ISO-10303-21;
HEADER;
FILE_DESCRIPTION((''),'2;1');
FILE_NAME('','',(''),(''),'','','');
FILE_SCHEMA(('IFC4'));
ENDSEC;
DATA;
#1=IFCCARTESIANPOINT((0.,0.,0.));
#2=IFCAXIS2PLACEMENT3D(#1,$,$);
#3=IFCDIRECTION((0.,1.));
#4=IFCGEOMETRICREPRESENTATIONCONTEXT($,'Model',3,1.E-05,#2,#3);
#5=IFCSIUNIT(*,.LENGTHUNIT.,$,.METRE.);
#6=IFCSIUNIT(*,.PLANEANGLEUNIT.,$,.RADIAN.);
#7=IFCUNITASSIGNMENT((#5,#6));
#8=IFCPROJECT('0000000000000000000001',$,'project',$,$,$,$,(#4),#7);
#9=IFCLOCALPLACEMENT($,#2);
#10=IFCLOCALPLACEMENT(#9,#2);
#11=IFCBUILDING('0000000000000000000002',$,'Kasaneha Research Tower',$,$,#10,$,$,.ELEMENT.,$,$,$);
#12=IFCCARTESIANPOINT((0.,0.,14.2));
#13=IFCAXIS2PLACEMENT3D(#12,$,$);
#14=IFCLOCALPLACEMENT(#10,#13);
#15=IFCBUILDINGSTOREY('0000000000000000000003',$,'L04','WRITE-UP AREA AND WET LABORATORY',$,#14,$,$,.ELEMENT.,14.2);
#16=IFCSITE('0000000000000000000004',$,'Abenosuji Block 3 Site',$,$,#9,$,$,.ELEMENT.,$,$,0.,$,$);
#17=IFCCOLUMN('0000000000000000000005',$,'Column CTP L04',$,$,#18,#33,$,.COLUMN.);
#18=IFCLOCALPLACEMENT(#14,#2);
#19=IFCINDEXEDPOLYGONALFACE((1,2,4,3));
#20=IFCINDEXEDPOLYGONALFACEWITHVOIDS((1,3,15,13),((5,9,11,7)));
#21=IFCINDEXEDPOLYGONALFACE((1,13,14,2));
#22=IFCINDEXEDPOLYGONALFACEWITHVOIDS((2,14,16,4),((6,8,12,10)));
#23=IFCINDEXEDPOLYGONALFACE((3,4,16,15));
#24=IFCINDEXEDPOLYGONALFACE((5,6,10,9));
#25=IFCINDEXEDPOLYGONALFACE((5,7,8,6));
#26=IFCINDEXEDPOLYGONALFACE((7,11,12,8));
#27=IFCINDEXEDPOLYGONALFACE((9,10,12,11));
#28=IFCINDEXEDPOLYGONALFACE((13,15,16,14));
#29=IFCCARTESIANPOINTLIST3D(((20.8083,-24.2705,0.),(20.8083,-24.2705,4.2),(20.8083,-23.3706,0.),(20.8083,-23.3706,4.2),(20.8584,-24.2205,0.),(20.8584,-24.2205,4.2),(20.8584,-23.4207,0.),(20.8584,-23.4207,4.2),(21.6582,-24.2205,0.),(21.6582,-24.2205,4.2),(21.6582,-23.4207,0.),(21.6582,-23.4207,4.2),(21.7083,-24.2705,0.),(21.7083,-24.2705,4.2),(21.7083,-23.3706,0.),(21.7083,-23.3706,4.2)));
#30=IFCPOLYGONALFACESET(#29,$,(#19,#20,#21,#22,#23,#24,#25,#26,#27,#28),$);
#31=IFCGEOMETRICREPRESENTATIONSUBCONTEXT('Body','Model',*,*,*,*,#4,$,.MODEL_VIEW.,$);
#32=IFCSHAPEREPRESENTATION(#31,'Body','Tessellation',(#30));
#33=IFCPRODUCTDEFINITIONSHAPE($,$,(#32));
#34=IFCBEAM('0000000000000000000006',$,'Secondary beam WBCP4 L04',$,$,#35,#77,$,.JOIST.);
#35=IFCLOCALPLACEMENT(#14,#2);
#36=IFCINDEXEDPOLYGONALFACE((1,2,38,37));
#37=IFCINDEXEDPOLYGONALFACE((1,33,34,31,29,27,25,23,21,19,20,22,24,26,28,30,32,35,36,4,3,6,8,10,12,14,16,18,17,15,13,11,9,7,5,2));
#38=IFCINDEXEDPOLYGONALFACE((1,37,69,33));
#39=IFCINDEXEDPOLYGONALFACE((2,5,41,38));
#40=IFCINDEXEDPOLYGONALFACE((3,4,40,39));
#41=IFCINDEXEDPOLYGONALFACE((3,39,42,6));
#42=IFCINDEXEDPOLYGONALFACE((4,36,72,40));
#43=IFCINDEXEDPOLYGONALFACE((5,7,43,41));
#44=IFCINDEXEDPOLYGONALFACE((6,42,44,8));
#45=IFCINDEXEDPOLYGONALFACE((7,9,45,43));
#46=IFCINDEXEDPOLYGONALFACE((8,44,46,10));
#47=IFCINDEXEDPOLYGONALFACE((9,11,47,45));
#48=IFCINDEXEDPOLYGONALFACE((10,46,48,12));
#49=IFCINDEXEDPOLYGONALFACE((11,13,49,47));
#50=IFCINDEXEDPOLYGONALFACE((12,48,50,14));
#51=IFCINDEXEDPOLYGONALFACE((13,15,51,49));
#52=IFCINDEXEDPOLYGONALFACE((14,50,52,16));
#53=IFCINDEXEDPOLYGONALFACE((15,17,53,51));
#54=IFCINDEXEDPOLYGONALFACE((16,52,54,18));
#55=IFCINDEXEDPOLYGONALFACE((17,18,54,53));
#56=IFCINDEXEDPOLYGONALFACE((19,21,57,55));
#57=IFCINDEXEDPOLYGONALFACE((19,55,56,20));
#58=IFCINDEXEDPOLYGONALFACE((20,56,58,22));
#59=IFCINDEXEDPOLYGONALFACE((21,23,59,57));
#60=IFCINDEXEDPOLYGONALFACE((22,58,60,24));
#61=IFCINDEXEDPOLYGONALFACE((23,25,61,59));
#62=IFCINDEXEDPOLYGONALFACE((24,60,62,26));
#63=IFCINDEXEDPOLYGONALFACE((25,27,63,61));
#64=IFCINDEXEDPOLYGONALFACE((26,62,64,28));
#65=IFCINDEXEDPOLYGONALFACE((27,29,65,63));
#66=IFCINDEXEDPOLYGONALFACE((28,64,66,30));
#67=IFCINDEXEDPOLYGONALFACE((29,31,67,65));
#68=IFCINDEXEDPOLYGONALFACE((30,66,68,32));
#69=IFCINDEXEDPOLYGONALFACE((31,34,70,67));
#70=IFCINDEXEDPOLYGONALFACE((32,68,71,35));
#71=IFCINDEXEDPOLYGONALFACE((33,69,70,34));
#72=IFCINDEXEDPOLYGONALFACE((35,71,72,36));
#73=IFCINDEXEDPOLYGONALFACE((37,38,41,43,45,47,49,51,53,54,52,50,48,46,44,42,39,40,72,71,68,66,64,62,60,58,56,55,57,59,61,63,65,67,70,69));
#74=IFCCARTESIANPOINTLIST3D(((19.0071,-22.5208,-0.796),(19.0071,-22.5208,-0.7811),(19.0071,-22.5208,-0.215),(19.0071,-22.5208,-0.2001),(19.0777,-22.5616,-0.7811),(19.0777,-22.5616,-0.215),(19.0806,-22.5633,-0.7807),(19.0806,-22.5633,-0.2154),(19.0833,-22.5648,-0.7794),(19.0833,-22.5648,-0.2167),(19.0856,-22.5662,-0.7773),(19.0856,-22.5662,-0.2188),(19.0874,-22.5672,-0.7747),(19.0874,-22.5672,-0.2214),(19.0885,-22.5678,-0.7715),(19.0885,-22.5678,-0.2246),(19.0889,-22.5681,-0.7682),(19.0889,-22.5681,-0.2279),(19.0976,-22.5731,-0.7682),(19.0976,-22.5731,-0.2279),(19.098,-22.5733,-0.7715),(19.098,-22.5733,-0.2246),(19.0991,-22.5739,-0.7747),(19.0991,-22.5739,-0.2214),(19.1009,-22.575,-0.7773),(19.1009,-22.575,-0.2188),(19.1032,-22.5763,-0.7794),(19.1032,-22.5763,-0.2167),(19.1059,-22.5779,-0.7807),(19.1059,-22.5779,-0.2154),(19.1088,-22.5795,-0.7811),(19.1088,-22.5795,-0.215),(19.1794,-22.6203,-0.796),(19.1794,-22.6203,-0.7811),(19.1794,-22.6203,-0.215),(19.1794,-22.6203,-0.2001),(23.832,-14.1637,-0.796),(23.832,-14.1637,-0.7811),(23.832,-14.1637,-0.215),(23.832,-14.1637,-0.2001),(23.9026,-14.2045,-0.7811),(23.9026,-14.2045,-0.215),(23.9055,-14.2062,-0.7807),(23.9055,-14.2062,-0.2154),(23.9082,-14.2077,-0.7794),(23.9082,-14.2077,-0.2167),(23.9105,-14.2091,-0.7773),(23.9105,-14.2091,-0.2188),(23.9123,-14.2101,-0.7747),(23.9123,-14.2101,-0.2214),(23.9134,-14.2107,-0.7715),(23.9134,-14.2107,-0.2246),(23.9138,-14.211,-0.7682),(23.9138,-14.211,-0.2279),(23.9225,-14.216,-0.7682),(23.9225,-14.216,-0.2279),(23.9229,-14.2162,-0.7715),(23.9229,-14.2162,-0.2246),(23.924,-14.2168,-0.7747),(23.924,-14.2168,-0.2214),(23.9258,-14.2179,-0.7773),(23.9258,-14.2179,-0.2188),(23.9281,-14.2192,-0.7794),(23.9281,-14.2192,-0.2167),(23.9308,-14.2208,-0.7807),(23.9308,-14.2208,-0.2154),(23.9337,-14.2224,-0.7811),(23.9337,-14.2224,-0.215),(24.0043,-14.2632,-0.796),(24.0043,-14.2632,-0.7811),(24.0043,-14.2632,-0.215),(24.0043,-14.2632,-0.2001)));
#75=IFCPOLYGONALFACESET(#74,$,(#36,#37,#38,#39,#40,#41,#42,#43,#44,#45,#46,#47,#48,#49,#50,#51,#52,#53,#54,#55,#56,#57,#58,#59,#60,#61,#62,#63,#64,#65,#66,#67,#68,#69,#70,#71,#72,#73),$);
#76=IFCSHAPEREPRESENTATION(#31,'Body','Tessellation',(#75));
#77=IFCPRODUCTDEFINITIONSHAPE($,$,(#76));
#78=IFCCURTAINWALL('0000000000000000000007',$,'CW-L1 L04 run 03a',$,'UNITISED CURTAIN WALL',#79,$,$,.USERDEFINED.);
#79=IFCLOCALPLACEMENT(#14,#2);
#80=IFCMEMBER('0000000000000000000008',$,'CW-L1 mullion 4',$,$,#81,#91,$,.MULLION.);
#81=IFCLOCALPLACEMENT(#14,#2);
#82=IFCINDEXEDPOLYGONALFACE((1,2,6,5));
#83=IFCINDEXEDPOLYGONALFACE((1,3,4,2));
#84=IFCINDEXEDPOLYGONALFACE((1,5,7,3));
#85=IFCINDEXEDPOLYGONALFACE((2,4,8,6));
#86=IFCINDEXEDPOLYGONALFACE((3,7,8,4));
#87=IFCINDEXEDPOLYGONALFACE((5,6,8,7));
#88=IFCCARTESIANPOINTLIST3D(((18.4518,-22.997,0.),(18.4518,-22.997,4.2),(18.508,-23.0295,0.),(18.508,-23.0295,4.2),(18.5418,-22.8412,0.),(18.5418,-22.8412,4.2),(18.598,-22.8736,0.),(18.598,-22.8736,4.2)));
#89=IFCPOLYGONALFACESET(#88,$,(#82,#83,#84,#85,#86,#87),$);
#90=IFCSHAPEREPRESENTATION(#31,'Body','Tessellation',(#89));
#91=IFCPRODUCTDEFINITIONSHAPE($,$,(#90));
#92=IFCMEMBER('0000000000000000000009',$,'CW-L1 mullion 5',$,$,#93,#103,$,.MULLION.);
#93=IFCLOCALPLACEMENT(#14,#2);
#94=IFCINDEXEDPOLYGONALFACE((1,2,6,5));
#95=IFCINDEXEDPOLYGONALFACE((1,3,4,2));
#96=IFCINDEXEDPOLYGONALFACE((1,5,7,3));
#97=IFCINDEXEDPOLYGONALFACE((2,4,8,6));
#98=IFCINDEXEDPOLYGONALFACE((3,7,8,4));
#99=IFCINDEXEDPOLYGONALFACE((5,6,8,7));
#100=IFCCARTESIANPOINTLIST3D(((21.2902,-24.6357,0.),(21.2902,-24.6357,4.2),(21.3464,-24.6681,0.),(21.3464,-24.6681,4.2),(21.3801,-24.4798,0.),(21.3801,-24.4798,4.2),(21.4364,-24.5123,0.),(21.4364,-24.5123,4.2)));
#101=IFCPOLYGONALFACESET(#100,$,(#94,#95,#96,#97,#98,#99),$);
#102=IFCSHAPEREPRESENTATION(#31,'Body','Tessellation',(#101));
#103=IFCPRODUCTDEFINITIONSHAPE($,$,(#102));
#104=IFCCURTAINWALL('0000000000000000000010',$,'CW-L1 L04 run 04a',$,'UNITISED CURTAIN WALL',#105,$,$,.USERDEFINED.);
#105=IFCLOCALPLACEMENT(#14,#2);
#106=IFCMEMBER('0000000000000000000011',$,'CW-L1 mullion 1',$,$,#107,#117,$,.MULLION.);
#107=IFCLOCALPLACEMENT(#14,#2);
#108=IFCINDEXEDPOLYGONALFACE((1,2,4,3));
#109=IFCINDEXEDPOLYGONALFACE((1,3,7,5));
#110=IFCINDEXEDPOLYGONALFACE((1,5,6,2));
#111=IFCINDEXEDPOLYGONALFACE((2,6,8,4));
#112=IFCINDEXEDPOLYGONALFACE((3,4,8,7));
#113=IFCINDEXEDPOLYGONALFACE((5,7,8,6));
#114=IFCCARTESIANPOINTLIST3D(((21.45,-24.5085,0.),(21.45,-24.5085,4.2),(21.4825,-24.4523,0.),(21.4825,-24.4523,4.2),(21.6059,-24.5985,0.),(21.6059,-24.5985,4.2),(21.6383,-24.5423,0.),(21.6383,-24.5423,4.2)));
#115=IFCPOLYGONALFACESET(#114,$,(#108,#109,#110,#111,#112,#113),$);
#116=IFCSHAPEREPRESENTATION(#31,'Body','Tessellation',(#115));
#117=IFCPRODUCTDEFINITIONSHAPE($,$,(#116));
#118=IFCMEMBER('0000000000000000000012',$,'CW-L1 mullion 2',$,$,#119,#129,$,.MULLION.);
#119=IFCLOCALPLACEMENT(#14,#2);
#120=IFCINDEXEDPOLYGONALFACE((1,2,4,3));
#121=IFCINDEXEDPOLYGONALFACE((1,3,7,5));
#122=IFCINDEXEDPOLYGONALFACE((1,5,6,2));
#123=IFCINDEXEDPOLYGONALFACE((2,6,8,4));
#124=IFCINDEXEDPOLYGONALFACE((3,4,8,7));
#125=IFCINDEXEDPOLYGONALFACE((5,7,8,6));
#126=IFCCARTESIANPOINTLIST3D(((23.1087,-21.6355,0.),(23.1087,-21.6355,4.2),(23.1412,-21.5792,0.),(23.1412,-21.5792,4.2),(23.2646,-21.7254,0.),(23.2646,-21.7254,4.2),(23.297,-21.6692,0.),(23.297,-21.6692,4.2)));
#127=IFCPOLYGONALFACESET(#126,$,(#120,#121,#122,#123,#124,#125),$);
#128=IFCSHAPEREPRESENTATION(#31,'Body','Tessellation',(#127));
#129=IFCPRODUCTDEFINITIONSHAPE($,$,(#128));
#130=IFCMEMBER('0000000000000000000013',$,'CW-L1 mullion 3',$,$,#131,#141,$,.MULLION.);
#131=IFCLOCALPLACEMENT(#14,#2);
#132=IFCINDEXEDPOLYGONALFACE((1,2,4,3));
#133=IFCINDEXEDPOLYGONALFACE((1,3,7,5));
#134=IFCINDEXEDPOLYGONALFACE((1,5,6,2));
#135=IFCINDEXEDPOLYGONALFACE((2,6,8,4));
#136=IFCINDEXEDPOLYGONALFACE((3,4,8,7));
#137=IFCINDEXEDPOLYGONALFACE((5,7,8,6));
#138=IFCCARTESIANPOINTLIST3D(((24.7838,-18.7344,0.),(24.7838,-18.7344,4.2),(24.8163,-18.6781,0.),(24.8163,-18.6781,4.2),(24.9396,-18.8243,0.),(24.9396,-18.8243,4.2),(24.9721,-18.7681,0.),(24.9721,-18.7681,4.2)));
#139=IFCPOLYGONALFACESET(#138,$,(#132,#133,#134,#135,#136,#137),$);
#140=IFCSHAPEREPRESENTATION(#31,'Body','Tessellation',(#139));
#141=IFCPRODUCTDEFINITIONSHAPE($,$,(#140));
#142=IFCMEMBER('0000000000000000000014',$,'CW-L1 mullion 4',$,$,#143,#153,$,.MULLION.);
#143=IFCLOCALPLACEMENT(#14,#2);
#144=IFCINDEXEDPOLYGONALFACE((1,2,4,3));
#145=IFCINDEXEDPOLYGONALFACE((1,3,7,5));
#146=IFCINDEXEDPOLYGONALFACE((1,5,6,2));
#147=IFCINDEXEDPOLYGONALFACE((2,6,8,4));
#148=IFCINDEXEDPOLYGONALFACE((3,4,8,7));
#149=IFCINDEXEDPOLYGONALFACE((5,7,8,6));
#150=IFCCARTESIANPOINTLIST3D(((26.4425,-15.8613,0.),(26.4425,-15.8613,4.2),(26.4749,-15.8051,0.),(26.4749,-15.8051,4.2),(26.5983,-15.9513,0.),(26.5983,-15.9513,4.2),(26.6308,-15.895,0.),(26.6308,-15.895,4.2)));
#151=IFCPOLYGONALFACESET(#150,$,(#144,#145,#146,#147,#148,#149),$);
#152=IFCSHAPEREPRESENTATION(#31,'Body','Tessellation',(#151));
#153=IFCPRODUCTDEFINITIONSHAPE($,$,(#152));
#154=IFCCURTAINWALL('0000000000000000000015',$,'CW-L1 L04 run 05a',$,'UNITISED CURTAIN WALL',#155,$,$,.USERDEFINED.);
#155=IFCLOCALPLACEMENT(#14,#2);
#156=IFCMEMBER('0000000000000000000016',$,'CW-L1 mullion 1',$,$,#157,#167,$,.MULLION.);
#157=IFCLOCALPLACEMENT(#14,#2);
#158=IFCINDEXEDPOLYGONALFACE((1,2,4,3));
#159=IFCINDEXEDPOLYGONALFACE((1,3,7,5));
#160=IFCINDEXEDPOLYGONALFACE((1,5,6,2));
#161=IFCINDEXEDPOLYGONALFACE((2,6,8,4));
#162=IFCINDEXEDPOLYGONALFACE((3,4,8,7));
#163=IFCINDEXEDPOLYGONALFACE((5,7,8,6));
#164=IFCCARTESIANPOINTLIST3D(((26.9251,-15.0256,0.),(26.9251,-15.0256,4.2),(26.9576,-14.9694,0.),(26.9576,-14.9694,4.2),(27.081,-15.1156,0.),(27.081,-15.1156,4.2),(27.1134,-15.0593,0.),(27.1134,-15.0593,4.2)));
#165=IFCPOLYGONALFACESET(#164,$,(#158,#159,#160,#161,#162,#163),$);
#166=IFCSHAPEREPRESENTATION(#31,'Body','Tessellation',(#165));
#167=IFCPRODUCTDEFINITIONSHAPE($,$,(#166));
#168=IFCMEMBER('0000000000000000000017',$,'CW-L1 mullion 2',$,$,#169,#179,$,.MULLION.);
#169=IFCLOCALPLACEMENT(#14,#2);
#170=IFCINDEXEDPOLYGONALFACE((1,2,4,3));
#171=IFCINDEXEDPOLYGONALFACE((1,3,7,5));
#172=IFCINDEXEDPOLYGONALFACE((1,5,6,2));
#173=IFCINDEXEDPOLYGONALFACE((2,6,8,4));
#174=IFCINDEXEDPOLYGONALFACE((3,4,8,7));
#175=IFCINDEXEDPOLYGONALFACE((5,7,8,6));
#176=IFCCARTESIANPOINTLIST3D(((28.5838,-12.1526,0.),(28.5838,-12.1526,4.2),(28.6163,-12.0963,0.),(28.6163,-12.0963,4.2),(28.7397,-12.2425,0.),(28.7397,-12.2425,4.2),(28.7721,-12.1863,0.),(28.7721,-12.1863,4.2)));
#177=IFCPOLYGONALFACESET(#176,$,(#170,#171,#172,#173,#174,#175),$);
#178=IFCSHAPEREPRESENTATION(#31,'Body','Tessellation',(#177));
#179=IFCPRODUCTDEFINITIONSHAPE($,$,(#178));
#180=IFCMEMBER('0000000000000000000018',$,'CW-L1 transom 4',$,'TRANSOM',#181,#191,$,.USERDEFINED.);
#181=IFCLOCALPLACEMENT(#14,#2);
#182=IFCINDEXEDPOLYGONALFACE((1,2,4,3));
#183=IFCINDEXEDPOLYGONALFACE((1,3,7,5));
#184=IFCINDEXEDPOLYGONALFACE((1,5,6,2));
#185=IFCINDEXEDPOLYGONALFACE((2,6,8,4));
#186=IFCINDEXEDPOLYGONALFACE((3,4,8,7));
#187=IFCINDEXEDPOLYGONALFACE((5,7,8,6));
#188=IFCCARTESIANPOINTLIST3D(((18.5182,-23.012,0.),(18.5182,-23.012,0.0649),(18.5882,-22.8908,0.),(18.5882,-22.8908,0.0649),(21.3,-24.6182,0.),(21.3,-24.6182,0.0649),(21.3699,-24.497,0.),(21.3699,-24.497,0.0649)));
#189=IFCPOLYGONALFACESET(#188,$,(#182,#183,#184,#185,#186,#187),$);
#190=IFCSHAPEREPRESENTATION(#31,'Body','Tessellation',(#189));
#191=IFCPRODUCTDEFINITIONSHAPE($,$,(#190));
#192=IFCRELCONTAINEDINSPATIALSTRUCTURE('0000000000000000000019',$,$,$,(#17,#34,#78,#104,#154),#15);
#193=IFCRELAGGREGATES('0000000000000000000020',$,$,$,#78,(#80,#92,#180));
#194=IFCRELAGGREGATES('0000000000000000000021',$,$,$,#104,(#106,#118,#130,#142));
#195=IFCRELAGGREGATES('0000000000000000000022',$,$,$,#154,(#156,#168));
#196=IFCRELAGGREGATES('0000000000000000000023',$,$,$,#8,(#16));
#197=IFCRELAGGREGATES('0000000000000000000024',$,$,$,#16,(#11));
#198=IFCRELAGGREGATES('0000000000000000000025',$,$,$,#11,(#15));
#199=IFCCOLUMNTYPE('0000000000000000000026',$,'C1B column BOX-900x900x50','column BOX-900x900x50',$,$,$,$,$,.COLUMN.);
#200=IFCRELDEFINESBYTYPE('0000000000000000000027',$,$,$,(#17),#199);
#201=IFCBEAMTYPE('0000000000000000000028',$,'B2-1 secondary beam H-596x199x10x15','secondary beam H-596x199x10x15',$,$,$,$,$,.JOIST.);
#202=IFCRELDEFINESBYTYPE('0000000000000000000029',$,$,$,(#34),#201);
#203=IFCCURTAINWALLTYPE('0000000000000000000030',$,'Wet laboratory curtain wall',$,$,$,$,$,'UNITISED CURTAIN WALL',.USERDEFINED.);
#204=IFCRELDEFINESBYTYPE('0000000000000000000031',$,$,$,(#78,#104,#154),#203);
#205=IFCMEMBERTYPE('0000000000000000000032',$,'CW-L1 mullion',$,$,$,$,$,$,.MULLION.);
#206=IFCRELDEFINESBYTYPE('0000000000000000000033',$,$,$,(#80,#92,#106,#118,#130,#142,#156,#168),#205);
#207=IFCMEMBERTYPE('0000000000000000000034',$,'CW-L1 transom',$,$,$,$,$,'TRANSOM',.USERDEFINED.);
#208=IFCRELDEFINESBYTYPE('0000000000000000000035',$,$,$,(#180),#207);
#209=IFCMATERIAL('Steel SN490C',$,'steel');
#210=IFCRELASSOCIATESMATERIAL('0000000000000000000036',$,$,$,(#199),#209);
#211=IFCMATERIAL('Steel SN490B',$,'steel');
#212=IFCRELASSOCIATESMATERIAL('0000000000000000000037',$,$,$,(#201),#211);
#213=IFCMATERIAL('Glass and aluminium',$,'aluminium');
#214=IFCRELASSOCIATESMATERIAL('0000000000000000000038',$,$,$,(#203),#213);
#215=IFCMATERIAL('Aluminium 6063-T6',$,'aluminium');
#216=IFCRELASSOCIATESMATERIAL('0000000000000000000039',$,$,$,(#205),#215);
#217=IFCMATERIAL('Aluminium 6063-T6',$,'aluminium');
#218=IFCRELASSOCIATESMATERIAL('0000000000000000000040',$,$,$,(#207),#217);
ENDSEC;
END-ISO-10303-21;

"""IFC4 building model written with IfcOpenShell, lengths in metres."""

from ifc_helpers import new_model, si_unit, direction, frame, origin, origin_2d, place, context, subcontext, project, spatial, rectangle, hollow_rectangle, i_section, extrude, material, material_profile, profile_set, type_object, element, aggregate, save


model = new_model("IFC4")

# Units and contexts
model_context = context("Model", 3, precision=1e-05, world=origin(), true_north=direction((0.0, 1.0)))
body_context = subcontext(model_context, "Body", "Model", "MODEL_VIEW")
ifc_project = project(units=[si_unit("LENGTHUNIT", "METRE"), si_unit("PLANEANGLEUNIT", "RADIAN")], contexts=[model_context])

# Site, building, storey
site_placement = place(None, origin())
site = spatial("IfcSite", under=ifc_project, at=site_placement, Name="Abenosuji Block 3 Site", CompositionType="ELEMENT", RefElevation=0.0)
building_placement = place(site_placement, origin())
building = spatial("IfcBuilding", under=site, at=building_placement, Name="Kasaneha Research Tower", CompositionType="ELEMENT")
storey_placement = place(building_placement, frame((0.0, 0.0, 14.2)))
storey = spatial("IfcBuildingStorey", under=building, at=storey_placement, Name="L04", Description="WRITE-UP AREA AND WET LABORATORY", CompositionType="ELEMENT", Elevation=14.2)

# Column
ifc_material_1 = material(Name="Steel SN490C", Category="steel")
ifc_material_profile_1 = material_profile(ifc_material_1, hollow_rectangle(XDim=0.8999, YDim=0.8999, WallThickness=0.05, at=origin_2d()), Name="BOX-900x900x50")
ifc_profile_set_1 = profile_set([ifc_material_profile_1], Name="Steel SN490C")
column_type = type_object("IfcColumnType", Name="C1B column BOX-900x900x50", Description="column BOX-900x900x50", PredefinedType="COLUMN", material=ifc_profile_set_1)
column_placement = place(storey_placement, frame((21.2583, -23.8206, 0.0), z_axis=(0.0, 0.0, 1.0), x_axis=(1.0, 0.0, 0.0)))
element("IfcColumn", 1, at=column_placement, inside=storey, type_object=column_type, Name="Column CTP L04", PredefinedType="COLUMN", context=body_context, shape_type="SweptSolid", body=[
    extrude(hollow_rectangle(XDim=0.8999, YDim=0.8999, WallThickness=0.05, at=origin_2d()), origin(), (0.0, 0.0, 1.0), 4.2),
])

# Beam
ifc_material_2 = material(Name="Steel SN490B", Category="steel")
ifc_material_profile_2 = material_profile(ifc_material_2, i_section(OverallWidth=0.199, OverallDepth=0.5959, WebThickness=0.01, FlangeThickness=0.0149, FilletRadius=0.0129, at=origin_2d()), Name="H-596x199x10x15")
ifc_profile_set_2 = profile_set([ifc_material_profile_2], Name="Steel SN490B")
beam_type_1 = type_object("IfcBeamType", Name="B2-1 secondary beam H-596x199x10x15", Description="secondary beam H-596x199x10x15", PredefinedType="JOIST", material=ifc_profile_set_2)
beam_1_placement = place(storey_placement, frame((19.0933, -22.5706, -0.498), z_axis=(0.499995, 0.866028, 0.0), x_axis=(-0.866028, 0.499995, 0.0)))
element("IfcBeam", 2, at=beam_1_placement, inside=storey, type_object=beam_type_1, Name="Secondary beam WBCP4 L04", PredefinedType="JOIST", context=body_context, shape_type="SweptSolid", body=[
    extrude(i_section(OverallWidth=0.199, OverallDepth=0.5959, WebThickness=0.01, FlangeThickness=0.0149, FilletRadius=0.0129, at=origin_2d()), origin(), (0.0, 0.0, 1.0), 9.6499),
])

# Curtain walls, members
ifc_material_3 = material(Name="Glass and aluminium", Category="aluminium")
curtain_wall_type = type_object("IfcCurtainWallType", Name="Wet laboratory curtain wall", ElementType="UNITISED CURTAIN WALL", PredefinedType="USERDEFINED", material=ifc_material_3)
curtain_wall_1_placement = place(storey_placement, origin())
curtain_wall_1 = element("IfcCurtainWall", 3, at=curtain_wall_1_placement, inside=storey, type_object=curtain_wall_type, Name="CW-L1 L04 run 03a", ObjectType="UNITISED CURTAIN WALL", PredefinedType="USERDEFINED")
ifc_material_4 = material(Name="Aluminium 6063-T6", Category="aluminium")
ifc_material_profile_3 = material_profile(ifc_material_4, rectangle(XDim=0.0649, YDim=0.1799, at=origin_2d()), Name="CW-L1 mullion 65x180")
ifc_profile_set_3 = profile_set([ifc_material_profile_3], Name="Aluminium 6063-T6")
member_type_1 = type_object("IfcMemberType", Name="CW-L1 mullion", PredefinedType="MULLION", material=ifc_profile_set_3)
member_1_placement = place(storey_placement, frame((18.5249, -22.9353, 0.0), z_axis=(0.0, 0.0, 1.0), x_axis=(0.866025, -0.5, 0.0)))
member_1 = element("IfcMember", 4, at=member_1_placement, type_object=member_type_1, Name="CW-L1 mullion 4", PredefinedType="MULLION", context=body_context, shape_type="SweptSolid", body=[
    extrude(rectangle(XDim=0.0649, YDim=0.1799, at=origin_2d()), origin(), (0.0, 0.0, 1.0), 4.2),
])
member_2_placement = place(storey_placement, frame((21.3633, -24.574, 0.0), z_axis=(0.0, 0.0, 1.0), x_axis=(0.866025, -0.5, 0.0)))
member_2 = element("IfcMember", 5, at=member_2_placement, type_object=member_type_1, Name="CW-L1 mullion 5", PredefinedType="MULLION", context=body_context, shape_type="SweptSolid", body=[
    extrude(rectangle(XDim=0.0649, YDim=0.1799, at=origin_2d()), origin(), (0.0, 0.0, 1.0), 4.2),
])
curtain_wall_2_placement = place(storey_placement, origin())
curtain_wall_2 = element("IfcCurtainWall", 6, at=curtain_wall_2_placement, inside=storey, type_object=curtain_wall_type, Name="CW-L1 L04 run 04a", ObjectType="UNITISED CURTAIN WALL", PredefinedType="USERDEFINED")
member_3_placement = place(storey_placement, frame((21.5442, -24.5254, 0.0), z_axis=(0.0, 0.0, 1.0), x_axis=(0.5, 0.866025, 0.0)))
member_3 = element("IfcMember", 7, at=member_3_placement, type_object=member_type_1, Name="CW-L1 mullion 1", PredefinedType="MULLION", context=body_context, shape_type="SweptSolid", body=[
    extrude(rectangle(XDim=0.0649, YDim=0.1799, at=origin_2d()), origin(), (0.0, 0.0, 1.0), 4.2),
])
member_4_placement = place(storey_placement, frame((23.2029, -21.6523, 0.0), z_axis=(0.0, 0.0, 1.0), x_axis=(0.5, 0.866025, 0.0)))
member_4 = element("IfcMember", 8, at=member_4_placement, type_object=member_type_1, Name="CW-L1 mullion 2", PredefinedType="MULLION", context=body_context, shape_type="SweptSolid", body=[
    extrude(rectangle(XDim=0.0649, YDim=0.1799, at=origin_2d()), origin(), (0.0, 0.0, 1.0), 4.2),
])
member_5_placement = place(storey_placement, frame((24.8779, -18.7512, 0.0), z_axis=(0.0, 0.0, 1.0), x_axis=(0.5, 0.866025, 0.0)))
member_5 = element("IfcMember", 9, at=member_5_placement, type_object=member_type_1, Name="CW-L1 mullion 3", PredefinedType="MULLION", context=body_context, shape_type="SweptSolid", body=[
    extrude(rectangle(XDim=0.0649, YDim=0.1799, at=origin_2d()), origin(), (0.0, 0.0, 1.0), 4.2),
])
member_6_placement = place(storey_placement, frame((26.5366, -15.8782, 0.0), z_axis=(0.0, 0.0, 1.0), x_axis=(0.5, 0.866025, 0.0)))
member_6 = element("IfcMember", 10, at=member_6_placement, type_object=member_type_1, Name="CW-L1 mullion 4", PredefinedType="MULLION", context=body_context, shape_type="SweptSolid", body=[
    extrude(rectangle(XDim=0.0649, YDim=0.1799, at=origin_2d()), origin(), (0.0, 0.0, 1.0), 4.2),
])
curtain_wall_3_placement = place(storey_placement, origin())
curtain_wall_3 = element("IfcCurtainWall", 11, at=curtain_wall_3_placement, inside=storey, type_object=curtain_wall_type, Name="CW-L1 L04 run 05a", ObjectType="UNITISED CURTAIN WALL", PredefinedType="USERDEFINED")
member_7_placement = place(storey_placement, frame((27.0193, -15.0425, 0.0), z_axis=(0.0, 0.0, 1.0), x_axis=(0.5, 0.866025, 0.0)))
member_7 = element("IfcMember", 12, at=member_7_placement, type_object=member_type_1, Name="CW-L1 mullion 1", PredefinedType="MULLION", context=body_context, shape_type="SweptSolid", body=[
    extrude(rectangle(XDim=0.0649, YDim=0.1799, at=origin_2d()), origin(), (0.0, 0.0, 1.0), 4.2),
])
member_8_placement = place(storey_placement, frame((28.678, -12.1694, 0.0), z_axis=(0.0, 0.0, 1.0), x_axis=(0.5, 0.866025, 0.0)))
member_8 = element("IfcMember", 13, at=member_8_placement, type_object=member_type_1, Name="CW-L1 mullion 2", PredefinedType="MULLION", context=body_context, shape_type="SweptSolid", body=[
    extrude(rectangle(XDim=0.0649, YDim=0.1799, at=origin_2d()), origin(), (0.0, 0.0, 1.0), 4.2),
])

# Member
ifc_material_5 = material(Name="Aluminium 6063-T6", Category="aluminium")
ifc_material_profile_4 = material_profile(ifc_material_5, rectangle(XDim=0.1399, YDim=0.0649, at=origin_2d()), Name="CW-L1 transom 140x65")
ifc_profile_set_4 = profile_set([ifc_material_profile_4], Name="Aluminium 6063-T6")
member_type_2 = type_object("IfcMemberType", Name="CW-L1 transom", ElementType="TRANSOM", PredefinedType="USERDEFINED", material=ifc_profile_set_4)
member_9_placement = place(storey_placement, frame((18.5532, -22.9514, 0.0325), z_axis=(0.866003, -0.500038, 0.0), x_axis=(0.500038, 0.866003, 0.0)))
member_9 = element("IfcMember", 14, at=member_9_placement, type_object=member_type_2, Name="CW-L1 transom 4", ObjectType="TRANSOM", PredefinedType="USERDEFINED", context=body_context, shape_type="SweptSolid", body=[
    extrude(rectangle(XDim=0.1399, YDim=0.0649, at=origin_2d()), origin(), (0.0, 0.0, 1.0), 3.2122),
])

aggregate(curtain_wall_1, [member_1, member_2, member_9])
aggregate(curtain_wall_2, [member_3, member_4, member_5, member_6])
aggregate(curtain_wall_3, [member_7, member_8])

save(model, "model.ifc")
